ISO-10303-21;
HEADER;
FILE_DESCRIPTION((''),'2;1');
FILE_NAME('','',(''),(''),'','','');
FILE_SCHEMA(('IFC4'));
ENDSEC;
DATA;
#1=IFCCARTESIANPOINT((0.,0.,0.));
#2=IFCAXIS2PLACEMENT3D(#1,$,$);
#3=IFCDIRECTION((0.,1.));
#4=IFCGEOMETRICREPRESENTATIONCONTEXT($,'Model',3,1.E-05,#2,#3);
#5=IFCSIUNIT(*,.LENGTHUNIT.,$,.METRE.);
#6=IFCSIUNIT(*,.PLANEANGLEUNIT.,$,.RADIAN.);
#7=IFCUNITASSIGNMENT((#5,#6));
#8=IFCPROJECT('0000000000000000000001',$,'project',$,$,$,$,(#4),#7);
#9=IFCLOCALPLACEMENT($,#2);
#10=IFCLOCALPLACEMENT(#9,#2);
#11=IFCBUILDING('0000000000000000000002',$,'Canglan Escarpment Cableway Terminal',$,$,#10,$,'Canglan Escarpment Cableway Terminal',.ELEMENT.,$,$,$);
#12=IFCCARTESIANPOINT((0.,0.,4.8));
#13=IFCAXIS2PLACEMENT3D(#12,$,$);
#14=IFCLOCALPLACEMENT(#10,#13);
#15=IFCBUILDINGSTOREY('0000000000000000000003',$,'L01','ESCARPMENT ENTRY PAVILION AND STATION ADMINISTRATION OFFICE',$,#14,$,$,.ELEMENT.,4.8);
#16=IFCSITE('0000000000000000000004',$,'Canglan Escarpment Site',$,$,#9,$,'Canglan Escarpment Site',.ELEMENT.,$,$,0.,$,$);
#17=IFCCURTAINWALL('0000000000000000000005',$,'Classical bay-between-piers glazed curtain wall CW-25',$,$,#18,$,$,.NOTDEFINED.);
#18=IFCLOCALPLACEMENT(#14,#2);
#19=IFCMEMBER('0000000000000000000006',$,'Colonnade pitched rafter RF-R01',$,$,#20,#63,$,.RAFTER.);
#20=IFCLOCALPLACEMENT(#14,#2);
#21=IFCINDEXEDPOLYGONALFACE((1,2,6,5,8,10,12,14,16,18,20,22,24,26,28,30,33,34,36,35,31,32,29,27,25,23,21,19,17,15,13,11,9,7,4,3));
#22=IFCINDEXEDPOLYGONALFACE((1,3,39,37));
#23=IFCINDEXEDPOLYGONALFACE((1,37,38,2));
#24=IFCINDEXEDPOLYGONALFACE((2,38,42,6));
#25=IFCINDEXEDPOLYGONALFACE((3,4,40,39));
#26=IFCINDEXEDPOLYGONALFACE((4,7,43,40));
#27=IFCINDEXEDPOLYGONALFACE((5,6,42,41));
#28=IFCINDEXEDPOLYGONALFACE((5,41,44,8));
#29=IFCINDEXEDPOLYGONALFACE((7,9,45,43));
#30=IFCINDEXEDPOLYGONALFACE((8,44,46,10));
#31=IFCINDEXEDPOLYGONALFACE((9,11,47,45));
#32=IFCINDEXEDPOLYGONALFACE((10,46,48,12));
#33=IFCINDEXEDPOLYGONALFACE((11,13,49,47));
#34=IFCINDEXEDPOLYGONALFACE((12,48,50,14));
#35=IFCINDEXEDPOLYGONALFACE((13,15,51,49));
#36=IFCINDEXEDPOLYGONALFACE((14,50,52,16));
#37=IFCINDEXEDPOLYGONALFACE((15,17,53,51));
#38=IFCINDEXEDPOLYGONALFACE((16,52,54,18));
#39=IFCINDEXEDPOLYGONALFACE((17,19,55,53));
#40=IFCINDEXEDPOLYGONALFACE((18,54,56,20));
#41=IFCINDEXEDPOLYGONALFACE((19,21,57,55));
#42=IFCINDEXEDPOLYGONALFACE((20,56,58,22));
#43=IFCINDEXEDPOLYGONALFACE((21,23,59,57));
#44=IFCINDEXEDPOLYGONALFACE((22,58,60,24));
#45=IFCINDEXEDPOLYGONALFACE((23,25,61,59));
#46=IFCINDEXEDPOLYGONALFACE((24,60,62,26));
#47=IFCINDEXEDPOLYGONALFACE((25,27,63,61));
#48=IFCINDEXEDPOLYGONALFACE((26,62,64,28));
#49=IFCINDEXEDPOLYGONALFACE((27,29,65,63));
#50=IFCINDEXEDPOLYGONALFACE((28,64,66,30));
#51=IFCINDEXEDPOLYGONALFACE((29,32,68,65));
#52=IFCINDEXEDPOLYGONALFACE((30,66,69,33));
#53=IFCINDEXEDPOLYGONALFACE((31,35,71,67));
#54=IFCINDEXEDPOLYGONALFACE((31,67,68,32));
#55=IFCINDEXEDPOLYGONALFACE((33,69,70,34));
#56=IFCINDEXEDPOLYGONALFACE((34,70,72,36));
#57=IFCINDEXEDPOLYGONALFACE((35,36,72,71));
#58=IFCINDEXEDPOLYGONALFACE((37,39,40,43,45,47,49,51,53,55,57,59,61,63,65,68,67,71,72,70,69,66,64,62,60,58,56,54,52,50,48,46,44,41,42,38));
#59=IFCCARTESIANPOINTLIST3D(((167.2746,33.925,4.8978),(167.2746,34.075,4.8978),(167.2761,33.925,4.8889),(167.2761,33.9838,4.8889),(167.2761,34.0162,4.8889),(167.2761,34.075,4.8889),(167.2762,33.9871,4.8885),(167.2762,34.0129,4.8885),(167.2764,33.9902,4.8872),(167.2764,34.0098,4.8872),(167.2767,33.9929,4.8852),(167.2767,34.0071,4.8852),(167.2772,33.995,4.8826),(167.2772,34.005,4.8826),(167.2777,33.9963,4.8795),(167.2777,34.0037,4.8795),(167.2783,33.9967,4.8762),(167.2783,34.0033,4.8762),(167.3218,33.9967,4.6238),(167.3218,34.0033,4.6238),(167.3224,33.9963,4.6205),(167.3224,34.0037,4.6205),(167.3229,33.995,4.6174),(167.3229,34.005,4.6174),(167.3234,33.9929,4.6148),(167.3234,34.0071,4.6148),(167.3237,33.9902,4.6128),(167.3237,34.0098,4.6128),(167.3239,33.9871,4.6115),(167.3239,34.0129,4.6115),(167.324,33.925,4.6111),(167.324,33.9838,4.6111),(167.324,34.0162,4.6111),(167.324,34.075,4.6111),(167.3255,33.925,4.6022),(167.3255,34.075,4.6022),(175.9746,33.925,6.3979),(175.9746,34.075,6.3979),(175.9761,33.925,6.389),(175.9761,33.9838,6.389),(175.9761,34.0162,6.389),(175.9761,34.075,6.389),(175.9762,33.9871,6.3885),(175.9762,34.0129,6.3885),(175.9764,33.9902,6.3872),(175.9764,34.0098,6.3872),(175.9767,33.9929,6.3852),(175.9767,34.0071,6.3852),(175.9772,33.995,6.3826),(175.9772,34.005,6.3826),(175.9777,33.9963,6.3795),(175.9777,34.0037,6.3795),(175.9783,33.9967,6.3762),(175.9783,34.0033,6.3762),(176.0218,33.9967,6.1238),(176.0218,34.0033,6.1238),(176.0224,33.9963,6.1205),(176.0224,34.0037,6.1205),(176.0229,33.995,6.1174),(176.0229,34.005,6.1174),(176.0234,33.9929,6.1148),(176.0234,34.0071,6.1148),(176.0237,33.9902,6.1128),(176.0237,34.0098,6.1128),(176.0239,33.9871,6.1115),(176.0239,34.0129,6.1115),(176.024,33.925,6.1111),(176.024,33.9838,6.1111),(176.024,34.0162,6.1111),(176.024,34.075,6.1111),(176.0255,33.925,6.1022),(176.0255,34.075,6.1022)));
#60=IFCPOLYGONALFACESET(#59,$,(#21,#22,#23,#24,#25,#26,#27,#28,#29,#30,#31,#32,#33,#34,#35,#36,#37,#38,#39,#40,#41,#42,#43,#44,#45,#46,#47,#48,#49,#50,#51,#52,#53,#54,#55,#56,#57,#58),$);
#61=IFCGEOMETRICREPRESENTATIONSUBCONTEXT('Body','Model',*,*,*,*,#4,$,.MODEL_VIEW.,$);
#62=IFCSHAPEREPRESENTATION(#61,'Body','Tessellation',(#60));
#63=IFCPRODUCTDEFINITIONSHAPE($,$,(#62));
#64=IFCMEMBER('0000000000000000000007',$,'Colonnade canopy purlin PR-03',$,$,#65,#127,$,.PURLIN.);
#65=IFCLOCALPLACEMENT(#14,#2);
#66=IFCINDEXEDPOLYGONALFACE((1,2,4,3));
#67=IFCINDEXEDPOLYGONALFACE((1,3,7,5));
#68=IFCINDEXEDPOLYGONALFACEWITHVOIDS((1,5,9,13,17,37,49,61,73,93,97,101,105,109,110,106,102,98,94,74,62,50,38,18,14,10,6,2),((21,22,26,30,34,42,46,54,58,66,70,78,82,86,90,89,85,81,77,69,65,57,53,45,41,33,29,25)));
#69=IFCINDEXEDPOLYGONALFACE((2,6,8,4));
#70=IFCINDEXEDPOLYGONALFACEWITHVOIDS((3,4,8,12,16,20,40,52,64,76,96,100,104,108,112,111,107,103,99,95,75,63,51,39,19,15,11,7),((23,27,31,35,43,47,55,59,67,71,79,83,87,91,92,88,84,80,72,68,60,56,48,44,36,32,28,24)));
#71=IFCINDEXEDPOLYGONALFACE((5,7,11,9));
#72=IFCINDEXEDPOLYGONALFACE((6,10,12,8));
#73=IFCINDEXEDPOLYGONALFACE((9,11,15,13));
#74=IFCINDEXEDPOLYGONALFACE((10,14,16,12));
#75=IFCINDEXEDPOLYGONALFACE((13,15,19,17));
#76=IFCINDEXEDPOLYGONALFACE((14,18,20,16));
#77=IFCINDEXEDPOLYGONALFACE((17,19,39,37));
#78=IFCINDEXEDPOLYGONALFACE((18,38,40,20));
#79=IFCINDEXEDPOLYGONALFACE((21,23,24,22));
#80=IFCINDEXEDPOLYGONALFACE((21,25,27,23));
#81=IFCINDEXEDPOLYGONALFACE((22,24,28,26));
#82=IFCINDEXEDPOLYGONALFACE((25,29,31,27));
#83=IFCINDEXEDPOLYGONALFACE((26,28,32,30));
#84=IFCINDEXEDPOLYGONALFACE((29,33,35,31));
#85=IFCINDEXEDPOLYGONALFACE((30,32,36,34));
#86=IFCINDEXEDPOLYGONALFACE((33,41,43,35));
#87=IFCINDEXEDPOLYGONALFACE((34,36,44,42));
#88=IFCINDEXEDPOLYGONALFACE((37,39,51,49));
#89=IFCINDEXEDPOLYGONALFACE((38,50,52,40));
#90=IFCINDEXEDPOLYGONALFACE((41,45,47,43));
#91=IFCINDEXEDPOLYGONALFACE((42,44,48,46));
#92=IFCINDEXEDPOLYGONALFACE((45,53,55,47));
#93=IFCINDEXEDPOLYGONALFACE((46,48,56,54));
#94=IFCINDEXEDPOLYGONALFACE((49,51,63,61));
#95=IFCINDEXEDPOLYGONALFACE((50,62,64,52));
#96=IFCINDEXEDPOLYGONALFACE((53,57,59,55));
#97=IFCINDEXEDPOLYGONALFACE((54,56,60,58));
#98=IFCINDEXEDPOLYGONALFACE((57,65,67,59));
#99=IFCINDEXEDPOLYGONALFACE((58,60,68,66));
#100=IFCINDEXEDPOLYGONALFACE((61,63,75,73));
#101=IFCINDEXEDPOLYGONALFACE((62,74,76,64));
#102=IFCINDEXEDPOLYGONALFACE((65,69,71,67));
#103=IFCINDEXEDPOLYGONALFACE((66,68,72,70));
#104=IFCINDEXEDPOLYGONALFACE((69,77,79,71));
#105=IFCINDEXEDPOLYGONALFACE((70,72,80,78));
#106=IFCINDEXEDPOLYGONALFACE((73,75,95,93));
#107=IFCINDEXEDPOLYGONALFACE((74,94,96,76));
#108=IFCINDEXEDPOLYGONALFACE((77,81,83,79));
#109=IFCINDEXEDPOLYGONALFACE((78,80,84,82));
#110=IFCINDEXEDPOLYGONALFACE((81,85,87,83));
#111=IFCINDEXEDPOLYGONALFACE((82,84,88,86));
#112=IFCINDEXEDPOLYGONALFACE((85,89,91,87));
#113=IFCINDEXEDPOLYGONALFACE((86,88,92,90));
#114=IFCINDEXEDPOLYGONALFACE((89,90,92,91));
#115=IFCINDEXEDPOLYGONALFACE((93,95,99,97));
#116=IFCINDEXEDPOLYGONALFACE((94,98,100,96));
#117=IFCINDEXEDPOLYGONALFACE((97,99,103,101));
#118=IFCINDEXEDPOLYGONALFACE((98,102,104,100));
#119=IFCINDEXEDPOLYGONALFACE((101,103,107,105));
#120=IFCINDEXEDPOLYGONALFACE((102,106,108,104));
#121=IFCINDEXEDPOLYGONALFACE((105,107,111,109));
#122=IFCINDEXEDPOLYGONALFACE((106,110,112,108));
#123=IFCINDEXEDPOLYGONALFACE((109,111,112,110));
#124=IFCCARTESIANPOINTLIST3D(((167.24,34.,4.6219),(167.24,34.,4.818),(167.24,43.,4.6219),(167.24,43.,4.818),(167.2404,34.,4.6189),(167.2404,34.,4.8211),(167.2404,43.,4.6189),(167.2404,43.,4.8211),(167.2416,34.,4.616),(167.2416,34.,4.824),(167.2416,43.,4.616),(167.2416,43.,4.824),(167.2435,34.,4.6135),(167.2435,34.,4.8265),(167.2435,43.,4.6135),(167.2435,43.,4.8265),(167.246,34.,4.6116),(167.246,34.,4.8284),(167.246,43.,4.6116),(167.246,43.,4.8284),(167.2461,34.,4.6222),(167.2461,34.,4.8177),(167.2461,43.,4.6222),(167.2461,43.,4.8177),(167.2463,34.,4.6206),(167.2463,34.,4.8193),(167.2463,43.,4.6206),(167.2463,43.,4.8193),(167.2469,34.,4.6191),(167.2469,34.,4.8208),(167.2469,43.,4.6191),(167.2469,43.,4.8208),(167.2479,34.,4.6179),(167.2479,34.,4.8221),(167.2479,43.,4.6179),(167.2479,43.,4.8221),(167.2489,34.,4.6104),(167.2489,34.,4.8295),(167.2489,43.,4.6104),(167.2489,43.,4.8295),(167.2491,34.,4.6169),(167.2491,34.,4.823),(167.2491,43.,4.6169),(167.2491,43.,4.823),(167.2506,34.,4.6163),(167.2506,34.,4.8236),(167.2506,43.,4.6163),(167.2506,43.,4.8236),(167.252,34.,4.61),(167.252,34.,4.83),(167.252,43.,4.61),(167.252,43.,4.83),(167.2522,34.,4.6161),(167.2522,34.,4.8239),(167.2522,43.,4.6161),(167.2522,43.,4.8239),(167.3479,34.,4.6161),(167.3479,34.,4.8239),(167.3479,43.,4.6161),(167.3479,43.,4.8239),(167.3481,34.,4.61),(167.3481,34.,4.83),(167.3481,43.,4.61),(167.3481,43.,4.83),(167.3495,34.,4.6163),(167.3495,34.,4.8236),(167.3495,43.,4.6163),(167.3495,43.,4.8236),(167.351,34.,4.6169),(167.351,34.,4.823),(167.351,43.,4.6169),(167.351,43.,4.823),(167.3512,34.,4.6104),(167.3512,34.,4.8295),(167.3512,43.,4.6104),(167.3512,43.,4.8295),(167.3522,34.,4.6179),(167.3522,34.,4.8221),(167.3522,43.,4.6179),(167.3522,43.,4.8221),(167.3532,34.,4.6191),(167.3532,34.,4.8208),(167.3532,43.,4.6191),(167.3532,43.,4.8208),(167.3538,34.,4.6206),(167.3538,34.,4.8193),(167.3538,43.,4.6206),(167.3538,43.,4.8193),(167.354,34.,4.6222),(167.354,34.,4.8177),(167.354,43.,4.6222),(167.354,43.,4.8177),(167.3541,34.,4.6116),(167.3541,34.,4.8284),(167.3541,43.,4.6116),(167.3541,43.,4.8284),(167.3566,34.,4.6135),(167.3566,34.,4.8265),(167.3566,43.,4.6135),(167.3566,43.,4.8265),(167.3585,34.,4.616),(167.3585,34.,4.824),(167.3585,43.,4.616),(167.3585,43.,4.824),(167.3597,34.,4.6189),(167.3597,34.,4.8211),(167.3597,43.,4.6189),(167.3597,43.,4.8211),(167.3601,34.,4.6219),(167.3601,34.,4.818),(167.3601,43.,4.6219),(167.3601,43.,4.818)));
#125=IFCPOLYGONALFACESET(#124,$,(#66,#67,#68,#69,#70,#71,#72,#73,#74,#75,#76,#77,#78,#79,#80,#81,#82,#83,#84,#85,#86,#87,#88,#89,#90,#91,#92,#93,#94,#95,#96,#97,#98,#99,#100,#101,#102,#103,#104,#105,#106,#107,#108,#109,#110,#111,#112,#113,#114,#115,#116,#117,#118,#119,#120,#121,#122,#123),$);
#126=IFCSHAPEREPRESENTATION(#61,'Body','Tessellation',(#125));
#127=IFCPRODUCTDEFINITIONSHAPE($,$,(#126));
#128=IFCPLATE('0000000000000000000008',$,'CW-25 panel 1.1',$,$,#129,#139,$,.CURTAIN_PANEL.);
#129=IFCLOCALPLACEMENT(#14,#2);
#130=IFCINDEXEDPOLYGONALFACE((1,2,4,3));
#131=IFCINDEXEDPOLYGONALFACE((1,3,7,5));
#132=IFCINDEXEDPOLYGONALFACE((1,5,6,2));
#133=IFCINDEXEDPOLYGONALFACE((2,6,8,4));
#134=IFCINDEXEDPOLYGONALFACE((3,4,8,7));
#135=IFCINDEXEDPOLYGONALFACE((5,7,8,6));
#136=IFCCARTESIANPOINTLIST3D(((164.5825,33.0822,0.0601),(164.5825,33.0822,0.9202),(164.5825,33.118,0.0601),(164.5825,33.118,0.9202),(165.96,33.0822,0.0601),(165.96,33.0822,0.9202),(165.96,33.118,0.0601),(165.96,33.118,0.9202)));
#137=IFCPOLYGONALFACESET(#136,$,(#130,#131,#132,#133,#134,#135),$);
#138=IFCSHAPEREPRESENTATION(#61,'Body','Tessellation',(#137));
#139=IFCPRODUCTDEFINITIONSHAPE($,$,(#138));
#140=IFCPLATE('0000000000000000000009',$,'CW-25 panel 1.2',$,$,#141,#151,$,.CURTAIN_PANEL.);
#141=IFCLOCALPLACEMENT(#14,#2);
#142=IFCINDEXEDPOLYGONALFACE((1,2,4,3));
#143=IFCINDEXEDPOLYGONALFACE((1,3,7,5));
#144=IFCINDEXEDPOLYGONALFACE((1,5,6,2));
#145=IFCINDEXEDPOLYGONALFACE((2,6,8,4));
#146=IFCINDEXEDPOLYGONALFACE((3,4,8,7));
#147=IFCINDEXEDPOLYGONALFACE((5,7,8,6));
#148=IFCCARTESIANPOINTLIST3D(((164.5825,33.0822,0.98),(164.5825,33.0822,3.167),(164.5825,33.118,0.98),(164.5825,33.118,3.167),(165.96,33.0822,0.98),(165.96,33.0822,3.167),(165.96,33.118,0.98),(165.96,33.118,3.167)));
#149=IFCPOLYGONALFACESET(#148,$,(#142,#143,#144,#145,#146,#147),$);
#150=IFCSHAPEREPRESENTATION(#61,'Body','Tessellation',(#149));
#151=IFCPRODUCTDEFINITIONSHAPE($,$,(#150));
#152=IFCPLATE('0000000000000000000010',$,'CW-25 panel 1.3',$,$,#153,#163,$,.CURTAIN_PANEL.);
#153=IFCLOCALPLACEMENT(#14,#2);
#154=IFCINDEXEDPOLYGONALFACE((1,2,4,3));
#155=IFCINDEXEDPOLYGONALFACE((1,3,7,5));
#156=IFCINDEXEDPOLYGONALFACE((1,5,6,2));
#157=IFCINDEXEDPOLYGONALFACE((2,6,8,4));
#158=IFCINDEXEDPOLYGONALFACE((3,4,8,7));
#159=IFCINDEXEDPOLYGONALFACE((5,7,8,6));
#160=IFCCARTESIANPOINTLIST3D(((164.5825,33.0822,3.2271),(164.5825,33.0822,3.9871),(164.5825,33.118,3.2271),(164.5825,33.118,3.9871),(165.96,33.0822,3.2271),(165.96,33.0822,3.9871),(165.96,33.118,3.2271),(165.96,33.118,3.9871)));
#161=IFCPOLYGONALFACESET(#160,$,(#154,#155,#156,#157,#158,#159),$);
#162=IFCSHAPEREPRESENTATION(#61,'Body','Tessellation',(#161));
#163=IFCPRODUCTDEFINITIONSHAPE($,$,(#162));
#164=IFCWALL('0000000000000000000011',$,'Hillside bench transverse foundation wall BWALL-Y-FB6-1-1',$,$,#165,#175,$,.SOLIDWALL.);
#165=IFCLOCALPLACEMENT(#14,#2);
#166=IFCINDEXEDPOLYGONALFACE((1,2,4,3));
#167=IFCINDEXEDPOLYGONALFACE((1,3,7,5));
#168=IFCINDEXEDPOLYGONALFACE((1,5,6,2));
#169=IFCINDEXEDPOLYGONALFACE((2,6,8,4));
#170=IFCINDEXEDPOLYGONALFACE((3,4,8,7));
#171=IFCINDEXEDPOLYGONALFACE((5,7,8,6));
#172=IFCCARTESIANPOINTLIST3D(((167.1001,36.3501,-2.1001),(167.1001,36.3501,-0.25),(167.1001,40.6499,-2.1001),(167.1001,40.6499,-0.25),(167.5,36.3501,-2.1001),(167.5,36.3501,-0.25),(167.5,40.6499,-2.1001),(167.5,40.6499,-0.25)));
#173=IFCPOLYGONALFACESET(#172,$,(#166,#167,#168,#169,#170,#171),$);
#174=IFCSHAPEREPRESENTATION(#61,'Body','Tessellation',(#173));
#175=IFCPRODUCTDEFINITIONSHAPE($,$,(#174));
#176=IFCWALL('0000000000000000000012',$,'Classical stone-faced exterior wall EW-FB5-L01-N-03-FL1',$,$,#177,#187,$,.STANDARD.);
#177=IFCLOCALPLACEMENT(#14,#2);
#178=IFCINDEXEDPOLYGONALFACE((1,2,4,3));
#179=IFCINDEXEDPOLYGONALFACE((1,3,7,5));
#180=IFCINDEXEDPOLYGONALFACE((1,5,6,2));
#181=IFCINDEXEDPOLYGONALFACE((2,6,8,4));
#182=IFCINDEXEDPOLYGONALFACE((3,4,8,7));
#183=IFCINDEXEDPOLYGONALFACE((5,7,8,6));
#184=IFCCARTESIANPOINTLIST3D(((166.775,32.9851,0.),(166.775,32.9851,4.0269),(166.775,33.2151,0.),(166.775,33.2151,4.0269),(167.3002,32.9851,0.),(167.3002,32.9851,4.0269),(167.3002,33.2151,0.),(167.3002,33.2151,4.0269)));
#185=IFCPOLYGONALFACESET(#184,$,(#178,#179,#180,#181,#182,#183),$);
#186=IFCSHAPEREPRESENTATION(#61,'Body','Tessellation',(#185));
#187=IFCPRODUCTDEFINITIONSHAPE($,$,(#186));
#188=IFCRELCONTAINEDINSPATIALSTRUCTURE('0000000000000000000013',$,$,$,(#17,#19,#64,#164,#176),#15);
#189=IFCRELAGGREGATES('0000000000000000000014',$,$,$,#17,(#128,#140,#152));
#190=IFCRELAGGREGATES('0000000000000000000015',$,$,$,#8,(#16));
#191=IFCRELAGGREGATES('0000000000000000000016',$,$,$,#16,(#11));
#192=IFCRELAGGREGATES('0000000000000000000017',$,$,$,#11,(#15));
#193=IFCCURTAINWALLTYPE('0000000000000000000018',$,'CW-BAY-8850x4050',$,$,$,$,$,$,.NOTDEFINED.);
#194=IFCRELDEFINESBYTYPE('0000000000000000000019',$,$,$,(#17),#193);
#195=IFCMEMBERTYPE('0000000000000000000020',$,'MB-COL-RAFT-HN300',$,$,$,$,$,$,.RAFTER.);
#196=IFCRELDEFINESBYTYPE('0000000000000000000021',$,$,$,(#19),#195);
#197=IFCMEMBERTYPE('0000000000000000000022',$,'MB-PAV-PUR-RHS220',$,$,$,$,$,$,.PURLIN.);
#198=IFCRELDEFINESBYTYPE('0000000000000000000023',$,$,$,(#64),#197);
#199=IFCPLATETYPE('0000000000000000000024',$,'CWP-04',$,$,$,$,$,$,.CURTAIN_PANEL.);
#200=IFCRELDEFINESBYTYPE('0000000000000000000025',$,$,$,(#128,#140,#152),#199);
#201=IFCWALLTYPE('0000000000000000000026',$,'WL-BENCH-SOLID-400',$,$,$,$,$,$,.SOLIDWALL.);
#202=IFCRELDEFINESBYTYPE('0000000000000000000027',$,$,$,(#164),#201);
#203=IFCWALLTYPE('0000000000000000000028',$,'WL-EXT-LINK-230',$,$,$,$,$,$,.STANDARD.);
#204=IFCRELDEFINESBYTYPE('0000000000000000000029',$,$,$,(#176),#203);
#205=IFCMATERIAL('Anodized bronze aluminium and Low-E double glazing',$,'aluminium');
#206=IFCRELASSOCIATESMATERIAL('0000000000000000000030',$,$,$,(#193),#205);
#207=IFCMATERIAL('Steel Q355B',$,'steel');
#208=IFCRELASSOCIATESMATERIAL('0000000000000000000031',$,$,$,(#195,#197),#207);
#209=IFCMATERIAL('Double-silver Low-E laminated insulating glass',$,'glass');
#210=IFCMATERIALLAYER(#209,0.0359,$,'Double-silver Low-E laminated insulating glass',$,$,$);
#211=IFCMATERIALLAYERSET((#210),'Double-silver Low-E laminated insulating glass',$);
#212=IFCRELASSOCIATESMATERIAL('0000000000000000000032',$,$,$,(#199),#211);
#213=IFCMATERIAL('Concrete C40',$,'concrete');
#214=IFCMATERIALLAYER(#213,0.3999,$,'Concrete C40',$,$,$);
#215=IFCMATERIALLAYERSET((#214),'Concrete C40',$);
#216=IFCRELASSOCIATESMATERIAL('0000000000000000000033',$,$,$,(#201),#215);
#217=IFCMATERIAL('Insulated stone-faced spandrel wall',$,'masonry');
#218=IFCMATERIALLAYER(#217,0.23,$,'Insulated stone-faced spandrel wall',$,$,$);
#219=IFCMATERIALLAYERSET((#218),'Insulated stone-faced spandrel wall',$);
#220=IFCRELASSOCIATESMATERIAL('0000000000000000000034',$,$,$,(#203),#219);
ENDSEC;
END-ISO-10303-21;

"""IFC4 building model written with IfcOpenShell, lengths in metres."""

from ifc_helpers import new_model, si_unit, direction, frame, frame_2d, origin, origin_2d, place, context, subcontext, project, spatial, rectangle, hollow_rectangle, i_section, extrude, material, layer, layer_set, material_profile, profile_set, type_object, element, aggregate, save


model = new_model("IFC4")

# Units and contexts
model_context = context("Model", 3, precision=1e-05, world=origin(), true_north=direction((0.0, 1.0)))
body_context = subcontext(model_context, "Body", "Model", "MODEL_VIEW")
ifc_project = project(units=[si_unit("LENGTHUNIT", "METRE"), si_unit("PLANEANGLEUNIT", "RADIAN")], contexts=[model_context])

# Site, building, storey
site_placement = place(None, origin())
site = spatial("IfcSite", under=ifc_project, at=site_placement, Name="Canglan Escarpment Site", LongName="Canglan Escarpment Site", CompositionType="ELEMENT", RefElevation=0.0)
building_placement = place(site_placement, origin())
building = spatial("IfcBuilding", under=site, at=building_placement, Name="Canglan Escarpment Cableway Terminal", LongName="Canglan Escarpment Cableway Terminal", CompositionType="ELEMENT")
storey_placement = place(building_placement, frame((0.0, 0.0, 4.8)))
storey = spatial("IfcBuildingStorey", under=building, at=storey_placement, Name="L01", Description="ESCARPMENT ENTRY PAVILION AND STATION ADMINISTRATION OFFICE", CompositionType="ELEMENT", Elevation=4.8)

# Shared definitions
ifc_material_1 = material(Name="Concrete C40", Category="concrete")

# Shared definitions
ifc_material_2 = material(Name="Steel Q355B", Category="steel")

# Curtain wall
ifc_material_3 = material(Name="Anodized bronze aluminium and Low-E double glazing", Category="aluminium")
curtain_wall_type = type_object("IfcCurtainWallType", Name="CW-BAY-8850x4050", PredefinedType="NOTDEFINED", material=ifc_material_3)
curtain_wall_placement = place(storey_placement, origin())
curtain_wall = element("IfcCurtainWall", 1, at=curtain_wall_placement, inside=storey, type_object=curtain_wall_type, Name="Classical bay-between-piers glazed curtain wall CW-25", PredefinedType="NOTDEFINED")

# Members
ifc_material_profile_1 = material_profile(ifc_material_2, i_section(OverallWidth=0.1499, OverallDepth=0.3, WebThickness=0.0066, FlangeThickness=0.009, FilletRadius=0.0129, at=origin_2d()), Name="HN 300x150x6.5x9")
ifc_profile_set_1 = profile_set([ifc_material_profile_1], Name="Steel Q355B")
member_type_1 = type_object("IfcMemberType", Name="MB-COL-RAFT-HN300", PredefinedType="RAFTER", material=ifc_profile_set_1)
member_1_placement = place(storey_placement, frame((167.3, 34.0, 4.75), z_axis=(0.98546, 0.0, 0.169908), x_axis=(0.0, 1.0, 0.0)))
element("IfcMember", 2, at=member_1_placement, inside=storey, type_object=member_type_1, Name="Colonnade pitched rafter RF-R01", PredefinedType="RAFTER", context=body_context, shape_type="SweptSolid", body=[
    extrude(i_section(OverallWidth=0.1499, OverallDepth=0.3, WebThickness=0.0066, FlangeThickness=0.009, FilletRadius=0.0129, at=origin_2d()), origin(), (0.0, 0.0, 1.0), 8.8284),
])
ifc_material_profile_2 = material_profile(ifc_material_2, hollow_rectangle(XDim=0.1201, YDim=0.22, WallThickness=0.0061, InnerFilletRadius=0.0061, OuterFilletRadius=0.012, at=origin_2d()), Name="RHS 220x120x6")
ifc_profile_set_2 = profile_set([ifc_material_profile_2], Name="Steel Q355B")
member_type_2 = type_object("IfcMemberType", Name="MB-PAV-PUR-RHS220", PredefinedType="PURLIN", material=ifc_profile_set_2)
member_2_placement = place(storey_placement, frame((167.3, 34.0, 4.72), z_axis=(0.0, 1.0, 0.0), x_axis=(-1.0, 0.0, 0.0)))
element("IfcMember", 3, at=member_2_placement, inside=storey, type_object=member_type_2, Name="Colonnade canopy purlin PR-03", PredefinedType="PURLIN", context=body_context, shape_type="SweptSolid", body=[
    extrude(hollow_rectangle(XDim=0.1201, YDim=0.22, WallThickness=0.0061, InnerFilletRadius=0.0061, OuterFilletRadius=0.012, at=origin_2d()), origin(), (0.0, 0.0, 1.0), 9.0),
])

# Plates
ifc_material_4 = material(Name="Double-silver Low-E laminated insulating glass", Category="glass")
ifc_layer_1 = layer(ifc_material_4, 0.0359, Name="Double-silver Low-E laminated insulating glass")
ifc_layer_set_1 = layer_set([ifc_layer_1], Name="Double-silver Low-E laminated insulating glass")
plate_type = type_object("IfcPlateType", Name="CWP-04", PredefinedType="CURTAIN_PANEL", material=ifc_layer_set_1)
plate_1_placement = place(storey_placement, frame((165.2712, 33.1001, 0.0601), z_axis=(0.0, 0.0, 1.0), x_axis=(-1.0, 0.0, 0.0)))
plate_1 = element("IfcPlate", 4, at=plate_1_placement, type_object=plate_type, Name="CW-25 panel 1.1", PredefinedType="CURTAIN_PANEL", context=body_context, shape_type="SweptSolid", body=[
    extrude(rectangle(XDim=1.3774, YDim=0.0359, at=origin_2d()), origin(), (0.0, 0.0, 1.0), 0.8601),
])
plate_2_placement = place(storey_placement, frame((165.2712, 33.1001, 0.98), z_axis=(0.0, 0.0, 1.0), x_axis=(-1.0, 0.0, 0.0)))
plate_2 = element("IfcPlate", 5, at=plate_2_placement, type_object=plate_type, Name="CW-25 panel 1.2", PredefinedType="CURTAIN_PANEL", context=body_context, shape_type="SweptSolid", body=[
    extrude(rectangle(XDim=1.3774, YDim=0.0359, at=origin_2d()), origin(), (0.0, 0.0, 1.0), 2.187),
])
plate_3_placement = place(storey_placement, frame((165.2712, 33.1001, 3.2271), z_axis=(0.0, 0.0, 1.0), x_axis=(-1.0, 0.0, 0.0)))
plate_3 = element("IfcPlate", 6, at=plate_3_placement, type_object=plate_type, Name="CW-25 panel 1.3", PredefinedType="CURTAIN_PANEL", context=body_context, shape_type="SweptSolid", body=[
    extrude(rectangle(XDim=1.3774, YDim=0.0359, at=origin_2d()), origin(), (0.0, 0.0, 1.0), 0.76),
])
aggregate(curtain_wall, [plate_1, plate_2, plate_3])

# Walls
ifc_layer_2 = layer(ifc_material_1, 0.3999, Name="Concrete C40")
ifc_layer_set_2 = layer_set([ifc_layer_2], Name="Concrete C40")
wall_type_1 = type_object("IfcWallType", Name="WL-BENCH-SOLID-400", PredefinedType="SOLIDWALL", material=ifc_layer_set_2)
wall_1_placement = place(storey_placement, frame((167.3, 36.3501, -2.1001), z_axis=(0.0, 0.0, 1.0), x_axis=(0.0, 1.0, 0.0)))
element("IfcWall", 7, at=wall_1_placement, inside=storey, type_object=wall_type_1, Name="Hillside bench transverse foundation wall BWALL-Y-FB6-1-1", PredefinedType="SOLIDWALL", context=body_context, shape_type="SweptSolid", body=[
    extrude(rectangle(XDim=4.2998, YDim=0.3999, at=frame_2d((2.1499, 0.0))), origin(), (0.0, 0.0, 1.0), 1.8501),
])
ifc_material_5 = material(Name="Insulated stone-faced spandrel wall", Category="masonry")
ifc_layer_3 = layer(ifc_material_5, 0.23, Name="Insulated stone-faced spandrel wall")
ifc_layer_set_3 = layer_set([ifc_layer_3], Name="Insulated stone-faced spandrel wall")
wall_type_2 = type_object("IfcWallType", Name="WL-EXT-LINK-230", PredefinedType="STANDARD", material=ifc_layer_set_3)
wall_2_placement = place(storey_placement, frame((166.7749, 33.1001, 0.0), z_axis=(0.0, 0.0, 1.0), x_axis=(1.0, 0.0, 0.0)))
element("IfcWall", 8, at=wall_2_placement, inside=storey, type_object=wall_type_2, Name="Classical stone-faced exterior wall EW-FB5-L01-N-03-FL1", PredefinedType="STANDARD", context=body_context, shape_type="SweptSolid", body=[
    extrude(rectangle(XDim=0.5251, YDim=0.23, at=frame_2d((0.2627, 0.0))), origin(), (0.0, 0.0, 1.0), 4.0269),
])

save(model, "model.ifc")
